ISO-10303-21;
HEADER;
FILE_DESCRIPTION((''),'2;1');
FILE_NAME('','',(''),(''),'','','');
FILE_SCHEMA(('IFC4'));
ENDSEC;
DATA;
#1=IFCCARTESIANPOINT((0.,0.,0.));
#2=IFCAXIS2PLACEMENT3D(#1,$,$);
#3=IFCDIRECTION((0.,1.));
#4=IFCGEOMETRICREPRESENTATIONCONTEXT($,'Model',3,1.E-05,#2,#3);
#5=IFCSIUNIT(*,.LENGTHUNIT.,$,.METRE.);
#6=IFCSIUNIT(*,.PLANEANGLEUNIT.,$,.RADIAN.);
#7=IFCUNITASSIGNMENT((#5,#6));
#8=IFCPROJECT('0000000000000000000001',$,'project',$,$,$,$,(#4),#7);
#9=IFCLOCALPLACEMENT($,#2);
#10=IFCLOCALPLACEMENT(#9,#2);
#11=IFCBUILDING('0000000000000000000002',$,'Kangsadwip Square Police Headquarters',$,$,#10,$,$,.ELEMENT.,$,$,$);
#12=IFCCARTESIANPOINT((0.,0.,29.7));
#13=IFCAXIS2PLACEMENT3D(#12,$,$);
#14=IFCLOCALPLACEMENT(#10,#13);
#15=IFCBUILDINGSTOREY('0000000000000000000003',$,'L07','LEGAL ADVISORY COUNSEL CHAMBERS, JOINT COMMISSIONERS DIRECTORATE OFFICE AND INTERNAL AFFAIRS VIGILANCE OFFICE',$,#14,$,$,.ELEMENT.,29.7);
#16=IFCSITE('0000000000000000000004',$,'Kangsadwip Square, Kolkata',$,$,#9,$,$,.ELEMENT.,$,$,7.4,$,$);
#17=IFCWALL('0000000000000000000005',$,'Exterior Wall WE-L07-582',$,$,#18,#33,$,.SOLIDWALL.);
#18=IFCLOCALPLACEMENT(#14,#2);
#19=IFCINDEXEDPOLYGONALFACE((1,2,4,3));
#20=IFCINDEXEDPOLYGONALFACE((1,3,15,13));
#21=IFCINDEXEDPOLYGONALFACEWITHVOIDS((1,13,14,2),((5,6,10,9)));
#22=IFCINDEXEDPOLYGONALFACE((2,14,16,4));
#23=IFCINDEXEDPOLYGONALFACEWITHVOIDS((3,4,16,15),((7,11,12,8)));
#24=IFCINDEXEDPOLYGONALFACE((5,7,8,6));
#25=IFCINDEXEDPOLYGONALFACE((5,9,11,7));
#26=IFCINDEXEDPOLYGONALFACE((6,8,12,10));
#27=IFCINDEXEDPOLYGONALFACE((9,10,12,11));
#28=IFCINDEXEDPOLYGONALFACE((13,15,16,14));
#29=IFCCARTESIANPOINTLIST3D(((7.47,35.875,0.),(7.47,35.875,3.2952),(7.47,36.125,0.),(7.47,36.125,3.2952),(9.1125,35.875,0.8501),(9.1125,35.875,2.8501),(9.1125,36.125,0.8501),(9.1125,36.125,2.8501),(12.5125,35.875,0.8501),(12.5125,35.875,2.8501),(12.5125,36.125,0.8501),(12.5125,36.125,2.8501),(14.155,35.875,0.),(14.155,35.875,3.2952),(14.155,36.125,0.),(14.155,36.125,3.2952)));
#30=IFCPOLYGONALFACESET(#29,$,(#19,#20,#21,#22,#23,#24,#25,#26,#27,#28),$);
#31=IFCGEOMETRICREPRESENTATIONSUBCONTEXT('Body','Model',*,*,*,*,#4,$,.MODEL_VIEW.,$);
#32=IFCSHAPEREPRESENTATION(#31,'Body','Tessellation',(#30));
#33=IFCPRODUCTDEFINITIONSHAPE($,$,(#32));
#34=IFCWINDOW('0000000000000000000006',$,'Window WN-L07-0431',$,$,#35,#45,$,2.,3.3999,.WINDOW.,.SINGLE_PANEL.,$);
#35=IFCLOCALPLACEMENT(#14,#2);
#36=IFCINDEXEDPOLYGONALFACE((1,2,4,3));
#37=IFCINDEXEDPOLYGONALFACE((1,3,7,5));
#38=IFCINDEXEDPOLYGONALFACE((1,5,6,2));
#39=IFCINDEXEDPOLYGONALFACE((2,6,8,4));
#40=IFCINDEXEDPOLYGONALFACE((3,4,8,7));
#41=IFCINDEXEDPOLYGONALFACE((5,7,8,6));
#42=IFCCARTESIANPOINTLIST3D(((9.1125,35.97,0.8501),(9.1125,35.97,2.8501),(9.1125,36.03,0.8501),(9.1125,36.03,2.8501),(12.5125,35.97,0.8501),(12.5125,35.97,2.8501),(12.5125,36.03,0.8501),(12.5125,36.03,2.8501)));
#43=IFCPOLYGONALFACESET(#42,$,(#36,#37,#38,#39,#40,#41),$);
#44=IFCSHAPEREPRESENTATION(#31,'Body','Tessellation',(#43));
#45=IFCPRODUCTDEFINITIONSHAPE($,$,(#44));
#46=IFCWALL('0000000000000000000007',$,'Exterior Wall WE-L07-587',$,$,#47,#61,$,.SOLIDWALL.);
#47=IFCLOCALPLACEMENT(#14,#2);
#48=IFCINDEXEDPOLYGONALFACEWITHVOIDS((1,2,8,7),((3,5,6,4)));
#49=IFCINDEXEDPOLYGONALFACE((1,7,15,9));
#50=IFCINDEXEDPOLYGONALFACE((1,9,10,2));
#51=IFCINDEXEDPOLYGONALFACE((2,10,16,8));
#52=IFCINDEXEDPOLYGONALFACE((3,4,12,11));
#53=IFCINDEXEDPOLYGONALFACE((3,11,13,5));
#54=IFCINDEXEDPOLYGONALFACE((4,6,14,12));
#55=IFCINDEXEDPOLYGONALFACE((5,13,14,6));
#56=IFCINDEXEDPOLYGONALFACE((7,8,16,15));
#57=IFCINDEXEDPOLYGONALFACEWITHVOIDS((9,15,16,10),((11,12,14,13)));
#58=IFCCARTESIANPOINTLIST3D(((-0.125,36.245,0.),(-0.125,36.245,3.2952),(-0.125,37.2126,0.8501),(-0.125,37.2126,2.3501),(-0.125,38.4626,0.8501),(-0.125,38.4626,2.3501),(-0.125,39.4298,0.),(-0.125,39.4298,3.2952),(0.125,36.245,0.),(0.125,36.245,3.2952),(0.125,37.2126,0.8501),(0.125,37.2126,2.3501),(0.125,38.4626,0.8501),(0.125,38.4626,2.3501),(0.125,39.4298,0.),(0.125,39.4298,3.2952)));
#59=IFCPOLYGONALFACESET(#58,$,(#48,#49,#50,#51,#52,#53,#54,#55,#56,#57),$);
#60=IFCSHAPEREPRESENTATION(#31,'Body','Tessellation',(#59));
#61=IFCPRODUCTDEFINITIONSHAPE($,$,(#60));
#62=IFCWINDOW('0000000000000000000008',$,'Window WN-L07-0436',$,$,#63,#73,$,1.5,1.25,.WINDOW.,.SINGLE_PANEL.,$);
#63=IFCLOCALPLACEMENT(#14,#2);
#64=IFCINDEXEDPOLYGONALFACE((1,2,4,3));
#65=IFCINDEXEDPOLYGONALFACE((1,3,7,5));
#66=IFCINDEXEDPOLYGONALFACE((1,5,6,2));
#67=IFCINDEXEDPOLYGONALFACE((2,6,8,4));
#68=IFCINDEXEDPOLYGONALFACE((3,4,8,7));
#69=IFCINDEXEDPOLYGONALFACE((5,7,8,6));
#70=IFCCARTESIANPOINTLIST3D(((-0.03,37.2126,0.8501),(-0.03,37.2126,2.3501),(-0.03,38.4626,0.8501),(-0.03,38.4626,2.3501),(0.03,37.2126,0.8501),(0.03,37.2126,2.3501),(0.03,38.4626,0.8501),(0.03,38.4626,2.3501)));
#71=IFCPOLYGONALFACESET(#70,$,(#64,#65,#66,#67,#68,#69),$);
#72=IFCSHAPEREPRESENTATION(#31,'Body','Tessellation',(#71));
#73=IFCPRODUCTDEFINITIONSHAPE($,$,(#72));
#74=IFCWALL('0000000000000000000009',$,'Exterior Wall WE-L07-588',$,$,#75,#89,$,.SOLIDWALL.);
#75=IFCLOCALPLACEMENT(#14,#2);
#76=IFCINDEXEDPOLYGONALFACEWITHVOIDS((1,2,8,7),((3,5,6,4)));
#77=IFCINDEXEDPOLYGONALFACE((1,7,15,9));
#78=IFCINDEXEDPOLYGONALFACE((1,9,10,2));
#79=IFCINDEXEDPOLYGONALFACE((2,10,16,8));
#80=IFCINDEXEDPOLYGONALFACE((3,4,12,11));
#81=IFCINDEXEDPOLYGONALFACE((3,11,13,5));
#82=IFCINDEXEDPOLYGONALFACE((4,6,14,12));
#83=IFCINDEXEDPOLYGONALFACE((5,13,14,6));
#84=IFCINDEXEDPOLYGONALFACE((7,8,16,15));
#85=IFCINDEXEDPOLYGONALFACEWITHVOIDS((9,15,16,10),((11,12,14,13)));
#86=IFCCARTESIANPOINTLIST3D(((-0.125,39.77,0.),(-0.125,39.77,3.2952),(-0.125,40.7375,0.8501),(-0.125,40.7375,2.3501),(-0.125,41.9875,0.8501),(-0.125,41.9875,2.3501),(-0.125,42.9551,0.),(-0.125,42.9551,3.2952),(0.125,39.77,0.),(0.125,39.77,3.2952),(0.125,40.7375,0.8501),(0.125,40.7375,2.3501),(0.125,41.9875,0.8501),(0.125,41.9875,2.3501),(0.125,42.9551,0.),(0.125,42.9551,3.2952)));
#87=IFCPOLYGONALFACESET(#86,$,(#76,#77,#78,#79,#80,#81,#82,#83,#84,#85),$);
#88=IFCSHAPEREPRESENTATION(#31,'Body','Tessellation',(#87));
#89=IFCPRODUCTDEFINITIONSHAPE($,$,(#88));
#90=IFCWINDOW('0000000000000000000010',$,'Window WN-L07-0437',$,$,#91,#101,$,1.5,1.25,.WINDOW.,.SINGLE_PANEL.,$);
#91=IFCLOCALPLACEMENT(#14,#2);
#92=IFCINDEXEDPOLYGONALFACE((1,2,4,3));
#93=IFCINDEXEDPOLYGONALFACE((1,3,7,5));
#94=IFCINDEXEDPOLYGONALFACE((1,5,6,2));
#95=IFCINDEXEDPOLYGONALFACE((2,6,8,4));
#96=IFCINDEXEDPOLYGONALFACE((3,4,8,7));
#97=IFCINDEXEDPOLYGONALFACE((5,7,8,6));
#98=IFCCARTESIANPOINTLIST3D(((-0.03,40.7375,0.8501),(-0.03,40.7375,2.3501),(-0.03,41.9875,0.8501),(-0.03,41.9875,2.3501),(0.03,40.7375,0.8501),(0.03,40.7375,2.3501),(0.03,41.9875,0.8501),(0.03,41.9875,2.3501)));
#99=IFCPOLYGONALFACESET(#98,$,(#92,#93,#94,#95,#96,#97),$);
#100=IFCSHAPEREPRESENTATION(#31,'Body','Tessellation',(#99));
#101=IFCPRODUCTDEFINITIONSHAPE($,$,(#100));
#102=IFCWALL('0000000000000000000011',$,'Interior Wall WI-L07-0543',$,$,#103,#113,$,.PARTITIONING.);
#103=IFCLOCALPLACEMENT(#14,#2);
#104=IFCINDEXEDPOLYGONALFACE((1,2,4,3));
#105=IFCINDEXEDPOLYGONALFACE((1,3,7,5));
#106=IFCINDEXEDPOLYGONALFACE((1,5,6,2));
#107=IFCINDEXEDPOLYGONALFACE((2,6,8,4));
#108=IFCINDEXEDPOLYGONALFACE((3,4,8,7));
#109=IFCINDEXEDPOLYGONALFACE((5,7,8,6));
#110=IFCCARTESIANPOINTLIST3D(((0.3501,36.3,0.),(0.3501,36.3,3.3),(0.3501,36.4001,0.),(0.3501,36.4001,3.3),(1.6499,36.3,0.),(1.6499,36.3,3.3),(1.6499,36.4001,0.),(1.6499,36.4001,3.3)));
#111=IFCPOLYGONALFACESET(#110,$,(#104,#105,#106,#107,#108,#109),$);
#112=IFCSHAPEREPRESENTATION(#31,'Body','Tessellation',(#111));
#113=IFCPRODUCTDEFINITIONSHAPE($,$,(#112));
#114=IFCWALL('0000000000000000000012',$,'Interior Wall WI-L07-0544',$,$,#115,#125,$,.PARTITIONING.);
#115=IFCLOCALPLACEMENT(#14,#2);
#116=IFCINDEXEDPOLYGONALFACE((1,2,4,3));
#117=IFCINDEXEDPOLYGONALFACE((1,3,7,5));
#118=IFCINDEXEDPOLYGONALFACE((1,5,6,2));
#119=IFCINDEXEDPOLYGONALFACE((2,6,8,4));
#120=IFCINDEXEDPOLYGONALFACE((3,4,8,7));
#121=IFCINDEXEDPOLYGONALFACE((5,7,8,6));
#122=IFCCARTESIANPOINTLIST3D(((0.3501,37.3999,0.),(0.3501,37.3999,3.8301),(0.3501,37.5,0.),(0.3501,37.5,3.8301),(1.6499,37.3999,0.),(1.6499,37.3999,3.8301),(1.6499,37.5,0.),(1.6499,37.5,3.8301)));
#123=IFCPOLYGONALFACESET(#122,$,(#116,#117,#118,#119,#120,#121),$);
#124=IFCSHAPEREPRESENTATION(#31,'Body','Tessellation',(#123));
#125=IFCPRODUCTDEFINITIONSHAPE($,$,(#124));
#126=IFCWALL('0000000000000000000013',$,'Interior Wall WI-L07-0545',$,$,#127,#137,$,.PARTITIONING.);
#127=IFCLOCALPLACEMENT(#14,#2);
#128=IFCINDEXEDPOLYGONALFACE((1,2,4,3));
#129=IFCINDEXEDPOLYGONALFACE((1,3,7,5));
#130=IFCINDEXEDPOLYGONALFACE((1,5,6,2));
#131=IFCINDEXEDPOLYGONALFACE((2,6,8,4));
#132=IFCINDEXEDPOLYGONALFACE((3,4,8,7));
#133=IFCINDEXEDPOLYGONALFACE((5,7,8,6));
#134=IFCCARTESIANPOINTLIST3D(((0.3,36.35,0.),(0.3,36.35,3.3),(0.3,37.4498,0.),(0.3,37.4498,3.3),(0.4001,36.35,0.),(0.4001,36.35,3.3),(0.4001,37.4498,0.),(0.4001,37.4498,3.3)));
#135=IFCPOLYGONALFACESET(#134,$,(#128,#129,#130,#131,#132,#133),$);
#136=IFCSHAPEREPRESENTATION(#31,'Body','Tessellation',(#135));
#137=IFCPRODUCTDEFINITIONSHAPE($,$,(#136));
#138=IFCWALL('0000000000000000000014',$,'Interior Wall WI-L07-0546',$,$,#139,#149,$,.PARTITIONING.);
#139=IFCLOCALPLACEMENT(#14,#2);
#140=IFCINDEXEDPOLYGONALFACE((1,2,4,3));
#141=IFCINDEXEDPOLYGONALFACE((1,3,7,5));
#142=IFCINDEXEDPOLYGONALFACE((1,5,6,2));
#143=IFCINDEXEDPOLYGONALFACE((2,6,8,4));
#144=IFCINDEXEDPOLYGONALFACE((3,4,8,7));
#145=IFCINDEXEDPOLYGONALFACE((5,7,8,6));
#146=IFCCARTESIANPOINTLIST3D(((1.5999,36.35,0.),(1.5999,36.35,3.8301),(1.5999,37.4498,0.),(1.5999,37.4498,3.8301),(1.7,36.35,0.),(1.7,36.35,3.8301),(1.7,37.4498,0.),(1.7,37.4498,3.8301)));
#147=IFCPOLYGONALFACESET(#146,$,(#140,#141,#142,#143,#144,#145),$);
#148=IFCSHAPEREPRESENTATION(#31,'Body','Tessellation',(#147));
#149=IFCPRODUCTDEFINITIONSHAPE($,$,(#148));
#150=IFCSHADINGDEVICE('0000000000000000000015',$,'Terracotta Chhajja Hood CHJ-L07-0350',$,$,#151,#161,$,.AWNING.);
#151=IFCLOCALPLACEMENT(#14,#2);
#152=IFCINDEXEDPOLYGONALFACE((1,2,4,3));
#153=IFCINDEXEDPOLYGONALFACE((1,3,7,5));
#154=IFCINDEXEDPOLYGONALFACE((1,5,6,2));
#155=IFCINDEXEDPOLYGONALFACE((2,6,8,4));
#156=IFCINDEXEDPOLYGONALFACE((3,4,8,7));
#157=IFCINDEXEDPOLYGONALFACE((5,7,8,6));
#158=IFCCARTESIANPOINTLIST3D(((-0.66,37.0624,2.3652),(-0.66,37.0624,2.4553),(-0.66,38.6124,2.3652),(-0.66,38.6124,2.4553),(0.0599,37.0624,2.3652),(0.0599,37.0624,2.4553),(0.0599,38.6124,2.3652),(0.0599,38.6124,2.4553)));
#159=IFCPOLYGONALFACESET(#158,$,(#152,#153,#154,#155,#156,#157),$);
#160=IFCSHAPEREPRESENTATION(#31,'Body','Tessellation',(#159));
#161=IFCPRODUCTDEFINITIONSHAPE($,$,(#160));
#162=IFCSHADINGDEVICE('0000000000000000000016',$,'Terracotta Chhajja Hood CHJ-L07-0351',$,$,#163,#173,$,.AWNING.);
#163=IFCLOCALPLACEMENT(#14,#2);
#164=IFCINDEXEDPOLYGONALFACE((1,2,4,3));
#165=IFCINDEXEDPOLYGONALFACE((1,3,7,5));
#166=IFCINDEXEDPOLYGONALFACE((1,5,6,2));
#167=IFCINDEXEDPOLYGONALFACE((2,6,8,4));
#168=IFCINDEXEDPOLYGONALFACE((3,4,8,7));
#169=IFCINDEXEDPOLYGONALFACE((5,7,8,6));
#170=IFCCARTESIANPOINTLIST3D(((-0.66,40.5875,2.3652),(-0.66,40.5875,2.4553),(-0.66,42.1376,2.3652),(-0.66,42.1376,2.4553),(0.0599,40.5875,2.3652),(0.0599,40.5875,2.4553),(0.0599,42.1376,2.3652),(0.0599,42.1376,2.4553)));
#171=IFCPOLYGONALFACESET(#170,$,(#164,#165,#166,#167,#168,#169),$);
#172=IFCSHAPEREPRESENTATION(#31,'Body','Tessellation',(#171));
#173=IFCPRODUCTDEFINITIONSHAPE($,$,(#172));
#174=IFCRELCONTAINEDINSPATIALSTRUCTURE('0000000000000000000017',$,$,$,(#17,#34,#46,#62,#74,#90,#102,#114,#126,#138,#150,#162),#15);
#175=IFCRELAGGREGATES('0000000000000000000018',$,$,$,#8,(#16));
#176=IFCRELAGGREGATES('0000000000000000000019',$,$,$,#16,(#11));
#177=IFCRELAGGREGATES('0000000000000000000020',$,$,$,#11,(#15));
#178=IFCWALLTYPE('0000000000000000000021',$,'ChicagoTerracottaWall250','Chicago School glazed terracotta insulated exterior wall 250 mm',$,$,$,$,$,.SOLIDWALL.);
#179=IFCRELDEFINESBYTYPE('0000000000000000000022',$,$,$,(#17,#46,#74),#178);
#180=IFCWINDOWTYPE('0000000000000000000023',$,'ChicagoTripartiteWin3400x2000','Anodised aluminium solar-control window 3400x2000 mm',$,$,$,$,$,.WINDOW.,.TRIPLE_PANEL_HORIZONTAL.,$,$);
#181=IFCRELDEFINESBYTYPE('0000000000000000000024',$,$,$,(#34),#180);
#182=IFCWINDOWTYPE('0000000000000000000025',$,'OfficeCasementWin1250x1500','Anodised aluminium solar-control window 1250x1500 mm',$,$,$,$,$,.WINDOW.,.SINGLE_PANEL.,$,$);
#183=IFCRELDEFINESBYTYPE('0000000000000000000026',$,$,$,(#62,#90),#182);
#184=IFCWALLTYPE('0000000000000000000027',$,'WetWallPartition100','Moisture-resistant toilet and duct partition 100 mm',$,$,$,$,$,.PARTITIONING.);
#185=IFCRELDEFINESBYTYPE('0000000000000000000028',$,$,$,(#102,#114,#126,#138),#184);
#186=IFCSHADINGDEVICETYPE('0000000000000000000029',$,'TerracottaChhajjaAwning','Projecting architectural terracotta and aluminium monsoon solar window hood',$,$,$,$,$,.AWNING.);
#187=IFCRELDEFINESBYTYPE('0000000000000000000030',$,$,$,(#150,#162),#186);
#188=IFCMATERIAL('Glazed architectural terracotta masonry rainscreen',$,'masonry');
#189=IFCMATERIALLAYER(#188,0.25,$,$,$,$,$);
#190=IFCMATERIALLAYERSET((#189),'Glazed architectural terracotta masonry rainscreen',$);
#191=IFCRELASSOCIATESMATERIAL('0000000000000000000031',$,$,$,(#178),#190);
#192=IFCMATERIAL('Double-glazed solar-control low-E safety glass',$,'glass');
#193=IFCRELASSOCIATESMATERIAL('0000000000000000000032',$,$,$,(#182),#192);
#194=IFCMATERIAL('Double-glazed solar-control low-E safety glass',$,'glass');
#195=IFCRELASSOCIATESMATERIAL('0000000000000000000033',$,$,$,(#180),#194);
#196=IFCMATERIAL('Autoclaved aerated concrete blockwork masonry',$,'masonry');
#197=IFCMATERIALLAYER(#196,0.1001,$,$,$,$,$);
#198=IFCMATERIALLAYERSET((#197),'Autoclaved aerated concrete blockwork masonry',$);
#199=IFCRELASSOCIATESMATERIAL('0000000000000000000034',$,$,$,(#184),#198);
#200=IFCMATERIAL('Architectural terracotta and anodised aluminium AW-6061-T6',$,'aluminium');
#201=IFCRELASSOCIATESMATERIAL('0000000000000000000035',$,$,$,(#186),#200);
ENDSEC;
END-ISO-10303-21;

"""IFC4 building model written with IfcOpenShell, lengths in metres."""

from ifc_helpers import new_model, si_unit, direction, frame, frame_2d, origin, origin_2d, place, context, subcontext, project, spatial, rectangle, extrude, material, layer, layer_set, type_object, element, fill, save


model = new_model("IFC4")

# Units and contexts
model_context = context("Model", 3, precision=1e-05, world=origin(), true_north=direction((0.0, 1.0)))
body_context = subcontext(model_context, "Body", "Model", "MODEL_VIEW")
ifc_project = project(units=[si_unit("LENGTHUNIT", "METRE"), si_unit("PLANEANGLEUNIT", "RADIAN")], contexts=[model_context])

# Site, building, storey
site_placement = place(None, origin())
site = spatial("IfcSite", under=ifc_project, at=site_placement, Name="Kangsadwip Square, Kolkata", CompositionType="ELEMENT", RefElevation=7.4)
building_placement = place(site_placement, origin())
building = spatial("IfcBuilding", under=site, at=building_placement, Name="Kangsadwip Square Police Headquarters", CompositionType="ELEMENT")
storey_placement = place(building_placement, frame((0.0, 0.0, 29.7)))
storey = spatial("IfcBuildingStorey", under=building, at=storey_placement, Name="L07", Description="LEGAL ADVISORY COUNSEL CHAMBERS, JOINT COMMISSIONERS DIRECTORATE OFFICE AND INTERNAL AFFAIRS VIGILANCE OFFICE", CompositionType="ELEMENT", Elevation=29.7)

# Walls, openings, windows
ifc_material_1 = material(Name="Glazed architectural terracotta masonry rainscreen", Category="masonry")
ifc_layer_1 = layer(ifc_material_1, 0.25)
ifc_layer_set_1 = layer_set([ifc_layer_1], Name="Glazed architectural terracotta masonry rainscreen")
wall_type_1 = type_object("IfcWallType", Name="ChicagoTerracottaWall250", Description="Chicago School glazed terracotta insulated exterior wall 250 mm", PredefinedType="SOLIDWALL", material=ifc_layer_set_1)
ifc_material_2 = material(Name="Double-glazed solar-control low-E safety glass", Category="glass")
window_type_1 = type_object("IfcWindowType", Name="OfficeCasementWin1250x1500", Description="Anodised aluminium solar-control window 1250x1500 mm", PartitioningType="SINGLE_PANEL", PredefinedType="WINDOW", material=ifc_material_2)
wall_1_placement = place(storey_placement, frame((7.47, 36.0, 0.0), z_axis=(0.0, 0.0, 1.0), x_axis=(1.0, 0.0, 0.0)))
wall_1 = element("IfcWall", 1, at=wall_1_placement, inside=storey, type_object=wall_type_1, Name="Exterior Wall WE-L07-582", PredefinedType="SOLIDWALL", context=body_context, shape_type="SweptSolid", body=[
    extrude(rectangle(XDim=6.6851, YDim=0.25, at=frame_2d((3.3425, 0.0))), origin(), (0.0, 0.0, 1.0), 3.2952),
])
opening_1_placement = place(wall_1_placement, frame((1.6426, 0.0, 0.8501)))
opening_1 = element("IfcOpeningElement", 2, at=opening_1_placement, cuts=wall_1, PredefinedType="OPENING", context=body_context, shape_type="SweptSolid", body=[
    extrude(rectangle(XDim=3.3999, YDim=2.0, at=frame_2d((1.7, 1.0))), frame((0.0, 0.135, 0.0), z_axis=(0.0, -1.0, 0.0), x_axis=(1.0, 0.0, 0.0)), (0.0, 0.0, 1.0), 0.27),
])
ifc_material_3 = material(Name="Double-glazed solar-control low-E safety glass", Category="glass")
window_type_2 = type_object("IfcWindowType", Name="ChicagoTripartiteWin3400x2000", Description="Anodised aluminium solar-control window 3400x2000 mm", PartitioningType="TRIPLE_PANEL_HORIZONTAL", PredefinedType="WINDOW", material=ifc_material_3)
window_1_placement = place(opening_1_placement, origin())
window_1 = element("IfcWindow", 3, at=window_1_placement, inside=storey, type_object=window_type_2, Name="Window WN-L07-0431", OverallHeight=2.0, OverallWidth=3.3999, PartitioningType="SINGLE_PANEL", PredefinedType="WINDOW", context=body_context, shape_type="SweptSolid", body=[
    extrude(rectangle(XDim=3.3999, YDim=2.0, at=frame_2d((1.7, 1.0))), frame((0.0, 0.03, 0.0), z_axis=(0.0, -1.0, 0.0), x_axis=(1.0, 0.0, 0.0)), (0.0, 0.0, 1.0), 0.0601),
])
fill(opening_1, window_1)
wall_2_placement = place(storey_placement, frame((0.0, 36.2451, 0.0), z_axis=(0.0, 0.0, 1.0), x_axis=(0.0, 1.0, 0.0)))
wall_2 = element("IfcWall", 4, at=wall_2_placement, inside=storey, type_object=wall_type_1, Name="Exterior Wall WE-L07-587", PredefinedType="SOLIDWALL", context=body_context, shape_type="SweptSolid", body=[
    extrude(rectangle(XDim=3.1848, YDim=0.25, at=frame_2d((1.5923, 0.0))), origin(), (0.0, 0.0, 1.0), 3.2952),
])
opening_2_placement = place(wall_2_placement, frame((0.9675, 0.0, 0.8501)))
opening_2 = element("IfcOpeningElement", 5, at=opening_2_placement, cuts=wall_2, PredefinedType="OPENING", context=body_context, shape_type="SweptSolid", body=[
    extrude(rectangle(XDim=1.25, YDim=1.5, at=frame_2d((0.625, 0.75))), frame((0.0, 0.135, 0.0), z_axis=(0.0, -1.0, 0.0), x_axis=(1.0, 0.0, 0.0)), (0.0, 0.0, 1.0), 0.27),
])
window_2_placement = place(opening_2_placement, origin())
window_2 = element("IfcWindow", 6, at=window_2_placement, inside=storey, type_object=window_type_1, Name="Window WN-L07-0436", OverallHeight=1.5, OverallWidth=1.25, PartitioningType="SINGLE_PANEL", PredefinedType="WINDOW", context=body_context, shape_type="SweptSolid", body=[
    extrude(rectangle(XDim=1.25, YDim=1.5, at=frame_2d((0.625, 0.75))), frame((0.0, 0.03, 0.0), z_axis=(0.0, -1.0, 0.0), x_axis=(1.0, 0.0, 0.0)), (0.0, 0.0, 1.0), 0.0601),
])
fill(opening_2, window_2)
wall_3_placement = place(storey_placement, frame((0.0, 39.77, 0.0), z_axis=(0.0, 0.0, 1.0), x_axis=(0.0, 1.0, 0.0)))
wall_3 = element("IfcWall", 7, at=wall_3_placement, inside=storey, type_object=wall_type_1, Name="Exterior Wall WE-L07-588", PredefinedType="SOLIDWALL", context=body_context, shape_type="SweptSolid", body=[
    extrude(rectangle(XDim=3.1851, YDim=0.25, at=frame_2d((1.5925, 0.0))), origin(), (0.0, 0.0, 1.0), 3.2952),
])
opening_3_placement = place(wall_3_placement, frame((0.9675, 0.0, 0.8501)))
opening_3 = element("IfcOpeningElement", 8, at=opening_3_placement, cuts=wall_3, PredefinedType="OPENING", context=body_context, shape_type="SweptSolid", body=[
    extrude(rectangle(XDim=1.25, YDim=1.5, at=frame_2d((0.625, 0.75))), frame((0.0, 0.135, 0.0), z_axis=(0.0, -1.0, 0.0), x_axis=(1.0, 0.0, 0.0)), (0.0, 0.0, 1.0), 0.27),
])
window_3_placement = place(opening_3_placement, origin())
window_3 = element("IfcWindow", 9, at=window_3_placement, inside=storey, type_object=window_type_1, Name="Window WN-L07-0437", OverallHeight=1.5, OverallWidth=1.25, PartitioningType="SINGLE_PANEL", PredefinedType="WINDOW", context=body_context, shape_type="SweptSolid", body=[
    extrude(rectangle(XDim=1.25, YDim=1.5, at=frame_2d((0.625, 0.75))), frame((0.0, 0.03, 0.0), z_axis=(0.0, -1.0, 0.0), x_axis=(1.0, 0.0, 0.0)), (0.0, 0.0, 1.0), 0.0601),
])
fill(opening_3, window_3)

# Walls
ifc_material_4 = material(Name="Autoclaved aerated concrete blockwork masonry", Category="masonry")
ifc_layer_2 = layer(ifc_material_4, 0.1001)
ifc_layer_set_2 = layer_set([ifc_layer_2], Name="Autoclaved aerated concrete blockwork masonry")
wall_type_2 = type_object("IfcWallType", Name="WetWallPartition100", Description="Moisture-resistant toilet and duct partition 100 mm", PredefinedType="PARTITIONING", material=ifc_layer_set_2)
wall_4_placement = place(storey_placement, frame((0.3501, 36.3501, 0.0), z_axis=(0.0, 0.0, 1.0), x_axis=(1.0, 0.0, 0.0)))
element("IfcWall", 10, at=wall_4_placement, inside=storey, type_object=wall_type_2, Name="Interior Wall WI-L07-0543", PredefinedType="PARTITIONING", context=body_context, shape_type="SweptSolid", body=[
    extrude(rectangle(XDim=1.2998, YDim=0.1001, at=frame_2d((0.6499, 0.0))), origin(), (0.0, 0.0, 1.0), 3.3),
])
wall_5_placement = place(storey_placement, frame((0.3501, 37.45, 0.0), z_axis=(0.0, 0.0, 1.0), x_axis=(1.0, 0.0, 0.0)))
element("IfcWall", 11, at=wall_5_placement, inside=storey, type_object=wall_type_2, Name="Interior Wall WI-L07-0544", PredefinedType="PARTITIONING", context=body_context, shape_type="SweptSolid", body=[
    extrude(rectangle(XDim=1.2998, YDim=0.1001, at=frame_2d((0.6499, 0.0))), origin(), (0.0, 0.0, 1.0), 3.8301),
])
wall_6_placement = place(storey_placement, frame((0.3501, 36.3501, 0.0), z_axis=(0.0, 0.0, 1.0), x_axis=(0.0, 1.0, 0.0)))
element("IfcWall", 12, at=wall_6_placement, inside=storey, type_object=wall_type_2, Name="Interior Wall WI-L07-0545", PredefinedType="PARTITIONING", context=body_context, shape_type="SweptSolid", body=[
    extrude(rectangle(XDim=1.0999, YDim=0.1001, at=frame_2d((0.5498, 0.0))), origin(), (0.0, 0.0, 1.0), 3.3),
])
wall_7_placement = place(storey_placement, frame((1.6499, 36.3501, 0.0), z_axis=(0.0, 0.0, 1.0), x_axis=(0.0, 1.0, 0.0)))
element("IfcWall", 13, at=wall_7_placement, inside=storey, type_object=wall_type_2, Name="Interior Wall WI-L07-0546", PredefinedType="PARTITIONING", context=body_context, shape_type="SweptSolid", body=[
    extrude(rectangle(XDim=1.0999, YDim=0.1001, at=frame_2d((0.5498, 0.0))), origin(), (0.0, 0.0, 1.0), 3.8301),
])

# Shading devices
ifc_material_5 = material(Name="Architectural terracotta and anodised aluminium AW-6061-T6", Category="aluminium")
shading_device_type = type_object("IfcShadingDeviceType", Name="TerracottaChhajjaAwning", Description="Projecting architectural terracotta and aluminium monsoon solar window hood", PredefinedType="AWNING", material=ifc_material_5)
for number, where, z_axis, x_axis, name in (
    (14, (-0.3, 37.8374, 2.3652), (0.0, 0.0, 1.0), (0.0, 1.0, 0.0), "Terracotta Chhajja Hood CHJ-L07-0350"),
    (15, (-0.3, 41.3625, 2.3652), (0.0, 0.0, 1.0), (0.0, 1.0, 0.0), "Terracotta Chhajja Hood CHJ-L07-0351"),
):
    element("IfcShadingDevice", number, at=place(storey_placement, frame(where, z_axis=z_axis, x_axis=x_axis)), inside=storey, type_object=shading_device_type, Name=name, PredefinedType="AWNING", context=body_context, shape_type="SweptSolid", body=[
        extrude(rectangle(XDim=1.55, YDim=0.72, at=origin_2d()), origin(), (0.0, 0.0, 1.0), 0.0901),
    ])

save(model, "model.ifc")
